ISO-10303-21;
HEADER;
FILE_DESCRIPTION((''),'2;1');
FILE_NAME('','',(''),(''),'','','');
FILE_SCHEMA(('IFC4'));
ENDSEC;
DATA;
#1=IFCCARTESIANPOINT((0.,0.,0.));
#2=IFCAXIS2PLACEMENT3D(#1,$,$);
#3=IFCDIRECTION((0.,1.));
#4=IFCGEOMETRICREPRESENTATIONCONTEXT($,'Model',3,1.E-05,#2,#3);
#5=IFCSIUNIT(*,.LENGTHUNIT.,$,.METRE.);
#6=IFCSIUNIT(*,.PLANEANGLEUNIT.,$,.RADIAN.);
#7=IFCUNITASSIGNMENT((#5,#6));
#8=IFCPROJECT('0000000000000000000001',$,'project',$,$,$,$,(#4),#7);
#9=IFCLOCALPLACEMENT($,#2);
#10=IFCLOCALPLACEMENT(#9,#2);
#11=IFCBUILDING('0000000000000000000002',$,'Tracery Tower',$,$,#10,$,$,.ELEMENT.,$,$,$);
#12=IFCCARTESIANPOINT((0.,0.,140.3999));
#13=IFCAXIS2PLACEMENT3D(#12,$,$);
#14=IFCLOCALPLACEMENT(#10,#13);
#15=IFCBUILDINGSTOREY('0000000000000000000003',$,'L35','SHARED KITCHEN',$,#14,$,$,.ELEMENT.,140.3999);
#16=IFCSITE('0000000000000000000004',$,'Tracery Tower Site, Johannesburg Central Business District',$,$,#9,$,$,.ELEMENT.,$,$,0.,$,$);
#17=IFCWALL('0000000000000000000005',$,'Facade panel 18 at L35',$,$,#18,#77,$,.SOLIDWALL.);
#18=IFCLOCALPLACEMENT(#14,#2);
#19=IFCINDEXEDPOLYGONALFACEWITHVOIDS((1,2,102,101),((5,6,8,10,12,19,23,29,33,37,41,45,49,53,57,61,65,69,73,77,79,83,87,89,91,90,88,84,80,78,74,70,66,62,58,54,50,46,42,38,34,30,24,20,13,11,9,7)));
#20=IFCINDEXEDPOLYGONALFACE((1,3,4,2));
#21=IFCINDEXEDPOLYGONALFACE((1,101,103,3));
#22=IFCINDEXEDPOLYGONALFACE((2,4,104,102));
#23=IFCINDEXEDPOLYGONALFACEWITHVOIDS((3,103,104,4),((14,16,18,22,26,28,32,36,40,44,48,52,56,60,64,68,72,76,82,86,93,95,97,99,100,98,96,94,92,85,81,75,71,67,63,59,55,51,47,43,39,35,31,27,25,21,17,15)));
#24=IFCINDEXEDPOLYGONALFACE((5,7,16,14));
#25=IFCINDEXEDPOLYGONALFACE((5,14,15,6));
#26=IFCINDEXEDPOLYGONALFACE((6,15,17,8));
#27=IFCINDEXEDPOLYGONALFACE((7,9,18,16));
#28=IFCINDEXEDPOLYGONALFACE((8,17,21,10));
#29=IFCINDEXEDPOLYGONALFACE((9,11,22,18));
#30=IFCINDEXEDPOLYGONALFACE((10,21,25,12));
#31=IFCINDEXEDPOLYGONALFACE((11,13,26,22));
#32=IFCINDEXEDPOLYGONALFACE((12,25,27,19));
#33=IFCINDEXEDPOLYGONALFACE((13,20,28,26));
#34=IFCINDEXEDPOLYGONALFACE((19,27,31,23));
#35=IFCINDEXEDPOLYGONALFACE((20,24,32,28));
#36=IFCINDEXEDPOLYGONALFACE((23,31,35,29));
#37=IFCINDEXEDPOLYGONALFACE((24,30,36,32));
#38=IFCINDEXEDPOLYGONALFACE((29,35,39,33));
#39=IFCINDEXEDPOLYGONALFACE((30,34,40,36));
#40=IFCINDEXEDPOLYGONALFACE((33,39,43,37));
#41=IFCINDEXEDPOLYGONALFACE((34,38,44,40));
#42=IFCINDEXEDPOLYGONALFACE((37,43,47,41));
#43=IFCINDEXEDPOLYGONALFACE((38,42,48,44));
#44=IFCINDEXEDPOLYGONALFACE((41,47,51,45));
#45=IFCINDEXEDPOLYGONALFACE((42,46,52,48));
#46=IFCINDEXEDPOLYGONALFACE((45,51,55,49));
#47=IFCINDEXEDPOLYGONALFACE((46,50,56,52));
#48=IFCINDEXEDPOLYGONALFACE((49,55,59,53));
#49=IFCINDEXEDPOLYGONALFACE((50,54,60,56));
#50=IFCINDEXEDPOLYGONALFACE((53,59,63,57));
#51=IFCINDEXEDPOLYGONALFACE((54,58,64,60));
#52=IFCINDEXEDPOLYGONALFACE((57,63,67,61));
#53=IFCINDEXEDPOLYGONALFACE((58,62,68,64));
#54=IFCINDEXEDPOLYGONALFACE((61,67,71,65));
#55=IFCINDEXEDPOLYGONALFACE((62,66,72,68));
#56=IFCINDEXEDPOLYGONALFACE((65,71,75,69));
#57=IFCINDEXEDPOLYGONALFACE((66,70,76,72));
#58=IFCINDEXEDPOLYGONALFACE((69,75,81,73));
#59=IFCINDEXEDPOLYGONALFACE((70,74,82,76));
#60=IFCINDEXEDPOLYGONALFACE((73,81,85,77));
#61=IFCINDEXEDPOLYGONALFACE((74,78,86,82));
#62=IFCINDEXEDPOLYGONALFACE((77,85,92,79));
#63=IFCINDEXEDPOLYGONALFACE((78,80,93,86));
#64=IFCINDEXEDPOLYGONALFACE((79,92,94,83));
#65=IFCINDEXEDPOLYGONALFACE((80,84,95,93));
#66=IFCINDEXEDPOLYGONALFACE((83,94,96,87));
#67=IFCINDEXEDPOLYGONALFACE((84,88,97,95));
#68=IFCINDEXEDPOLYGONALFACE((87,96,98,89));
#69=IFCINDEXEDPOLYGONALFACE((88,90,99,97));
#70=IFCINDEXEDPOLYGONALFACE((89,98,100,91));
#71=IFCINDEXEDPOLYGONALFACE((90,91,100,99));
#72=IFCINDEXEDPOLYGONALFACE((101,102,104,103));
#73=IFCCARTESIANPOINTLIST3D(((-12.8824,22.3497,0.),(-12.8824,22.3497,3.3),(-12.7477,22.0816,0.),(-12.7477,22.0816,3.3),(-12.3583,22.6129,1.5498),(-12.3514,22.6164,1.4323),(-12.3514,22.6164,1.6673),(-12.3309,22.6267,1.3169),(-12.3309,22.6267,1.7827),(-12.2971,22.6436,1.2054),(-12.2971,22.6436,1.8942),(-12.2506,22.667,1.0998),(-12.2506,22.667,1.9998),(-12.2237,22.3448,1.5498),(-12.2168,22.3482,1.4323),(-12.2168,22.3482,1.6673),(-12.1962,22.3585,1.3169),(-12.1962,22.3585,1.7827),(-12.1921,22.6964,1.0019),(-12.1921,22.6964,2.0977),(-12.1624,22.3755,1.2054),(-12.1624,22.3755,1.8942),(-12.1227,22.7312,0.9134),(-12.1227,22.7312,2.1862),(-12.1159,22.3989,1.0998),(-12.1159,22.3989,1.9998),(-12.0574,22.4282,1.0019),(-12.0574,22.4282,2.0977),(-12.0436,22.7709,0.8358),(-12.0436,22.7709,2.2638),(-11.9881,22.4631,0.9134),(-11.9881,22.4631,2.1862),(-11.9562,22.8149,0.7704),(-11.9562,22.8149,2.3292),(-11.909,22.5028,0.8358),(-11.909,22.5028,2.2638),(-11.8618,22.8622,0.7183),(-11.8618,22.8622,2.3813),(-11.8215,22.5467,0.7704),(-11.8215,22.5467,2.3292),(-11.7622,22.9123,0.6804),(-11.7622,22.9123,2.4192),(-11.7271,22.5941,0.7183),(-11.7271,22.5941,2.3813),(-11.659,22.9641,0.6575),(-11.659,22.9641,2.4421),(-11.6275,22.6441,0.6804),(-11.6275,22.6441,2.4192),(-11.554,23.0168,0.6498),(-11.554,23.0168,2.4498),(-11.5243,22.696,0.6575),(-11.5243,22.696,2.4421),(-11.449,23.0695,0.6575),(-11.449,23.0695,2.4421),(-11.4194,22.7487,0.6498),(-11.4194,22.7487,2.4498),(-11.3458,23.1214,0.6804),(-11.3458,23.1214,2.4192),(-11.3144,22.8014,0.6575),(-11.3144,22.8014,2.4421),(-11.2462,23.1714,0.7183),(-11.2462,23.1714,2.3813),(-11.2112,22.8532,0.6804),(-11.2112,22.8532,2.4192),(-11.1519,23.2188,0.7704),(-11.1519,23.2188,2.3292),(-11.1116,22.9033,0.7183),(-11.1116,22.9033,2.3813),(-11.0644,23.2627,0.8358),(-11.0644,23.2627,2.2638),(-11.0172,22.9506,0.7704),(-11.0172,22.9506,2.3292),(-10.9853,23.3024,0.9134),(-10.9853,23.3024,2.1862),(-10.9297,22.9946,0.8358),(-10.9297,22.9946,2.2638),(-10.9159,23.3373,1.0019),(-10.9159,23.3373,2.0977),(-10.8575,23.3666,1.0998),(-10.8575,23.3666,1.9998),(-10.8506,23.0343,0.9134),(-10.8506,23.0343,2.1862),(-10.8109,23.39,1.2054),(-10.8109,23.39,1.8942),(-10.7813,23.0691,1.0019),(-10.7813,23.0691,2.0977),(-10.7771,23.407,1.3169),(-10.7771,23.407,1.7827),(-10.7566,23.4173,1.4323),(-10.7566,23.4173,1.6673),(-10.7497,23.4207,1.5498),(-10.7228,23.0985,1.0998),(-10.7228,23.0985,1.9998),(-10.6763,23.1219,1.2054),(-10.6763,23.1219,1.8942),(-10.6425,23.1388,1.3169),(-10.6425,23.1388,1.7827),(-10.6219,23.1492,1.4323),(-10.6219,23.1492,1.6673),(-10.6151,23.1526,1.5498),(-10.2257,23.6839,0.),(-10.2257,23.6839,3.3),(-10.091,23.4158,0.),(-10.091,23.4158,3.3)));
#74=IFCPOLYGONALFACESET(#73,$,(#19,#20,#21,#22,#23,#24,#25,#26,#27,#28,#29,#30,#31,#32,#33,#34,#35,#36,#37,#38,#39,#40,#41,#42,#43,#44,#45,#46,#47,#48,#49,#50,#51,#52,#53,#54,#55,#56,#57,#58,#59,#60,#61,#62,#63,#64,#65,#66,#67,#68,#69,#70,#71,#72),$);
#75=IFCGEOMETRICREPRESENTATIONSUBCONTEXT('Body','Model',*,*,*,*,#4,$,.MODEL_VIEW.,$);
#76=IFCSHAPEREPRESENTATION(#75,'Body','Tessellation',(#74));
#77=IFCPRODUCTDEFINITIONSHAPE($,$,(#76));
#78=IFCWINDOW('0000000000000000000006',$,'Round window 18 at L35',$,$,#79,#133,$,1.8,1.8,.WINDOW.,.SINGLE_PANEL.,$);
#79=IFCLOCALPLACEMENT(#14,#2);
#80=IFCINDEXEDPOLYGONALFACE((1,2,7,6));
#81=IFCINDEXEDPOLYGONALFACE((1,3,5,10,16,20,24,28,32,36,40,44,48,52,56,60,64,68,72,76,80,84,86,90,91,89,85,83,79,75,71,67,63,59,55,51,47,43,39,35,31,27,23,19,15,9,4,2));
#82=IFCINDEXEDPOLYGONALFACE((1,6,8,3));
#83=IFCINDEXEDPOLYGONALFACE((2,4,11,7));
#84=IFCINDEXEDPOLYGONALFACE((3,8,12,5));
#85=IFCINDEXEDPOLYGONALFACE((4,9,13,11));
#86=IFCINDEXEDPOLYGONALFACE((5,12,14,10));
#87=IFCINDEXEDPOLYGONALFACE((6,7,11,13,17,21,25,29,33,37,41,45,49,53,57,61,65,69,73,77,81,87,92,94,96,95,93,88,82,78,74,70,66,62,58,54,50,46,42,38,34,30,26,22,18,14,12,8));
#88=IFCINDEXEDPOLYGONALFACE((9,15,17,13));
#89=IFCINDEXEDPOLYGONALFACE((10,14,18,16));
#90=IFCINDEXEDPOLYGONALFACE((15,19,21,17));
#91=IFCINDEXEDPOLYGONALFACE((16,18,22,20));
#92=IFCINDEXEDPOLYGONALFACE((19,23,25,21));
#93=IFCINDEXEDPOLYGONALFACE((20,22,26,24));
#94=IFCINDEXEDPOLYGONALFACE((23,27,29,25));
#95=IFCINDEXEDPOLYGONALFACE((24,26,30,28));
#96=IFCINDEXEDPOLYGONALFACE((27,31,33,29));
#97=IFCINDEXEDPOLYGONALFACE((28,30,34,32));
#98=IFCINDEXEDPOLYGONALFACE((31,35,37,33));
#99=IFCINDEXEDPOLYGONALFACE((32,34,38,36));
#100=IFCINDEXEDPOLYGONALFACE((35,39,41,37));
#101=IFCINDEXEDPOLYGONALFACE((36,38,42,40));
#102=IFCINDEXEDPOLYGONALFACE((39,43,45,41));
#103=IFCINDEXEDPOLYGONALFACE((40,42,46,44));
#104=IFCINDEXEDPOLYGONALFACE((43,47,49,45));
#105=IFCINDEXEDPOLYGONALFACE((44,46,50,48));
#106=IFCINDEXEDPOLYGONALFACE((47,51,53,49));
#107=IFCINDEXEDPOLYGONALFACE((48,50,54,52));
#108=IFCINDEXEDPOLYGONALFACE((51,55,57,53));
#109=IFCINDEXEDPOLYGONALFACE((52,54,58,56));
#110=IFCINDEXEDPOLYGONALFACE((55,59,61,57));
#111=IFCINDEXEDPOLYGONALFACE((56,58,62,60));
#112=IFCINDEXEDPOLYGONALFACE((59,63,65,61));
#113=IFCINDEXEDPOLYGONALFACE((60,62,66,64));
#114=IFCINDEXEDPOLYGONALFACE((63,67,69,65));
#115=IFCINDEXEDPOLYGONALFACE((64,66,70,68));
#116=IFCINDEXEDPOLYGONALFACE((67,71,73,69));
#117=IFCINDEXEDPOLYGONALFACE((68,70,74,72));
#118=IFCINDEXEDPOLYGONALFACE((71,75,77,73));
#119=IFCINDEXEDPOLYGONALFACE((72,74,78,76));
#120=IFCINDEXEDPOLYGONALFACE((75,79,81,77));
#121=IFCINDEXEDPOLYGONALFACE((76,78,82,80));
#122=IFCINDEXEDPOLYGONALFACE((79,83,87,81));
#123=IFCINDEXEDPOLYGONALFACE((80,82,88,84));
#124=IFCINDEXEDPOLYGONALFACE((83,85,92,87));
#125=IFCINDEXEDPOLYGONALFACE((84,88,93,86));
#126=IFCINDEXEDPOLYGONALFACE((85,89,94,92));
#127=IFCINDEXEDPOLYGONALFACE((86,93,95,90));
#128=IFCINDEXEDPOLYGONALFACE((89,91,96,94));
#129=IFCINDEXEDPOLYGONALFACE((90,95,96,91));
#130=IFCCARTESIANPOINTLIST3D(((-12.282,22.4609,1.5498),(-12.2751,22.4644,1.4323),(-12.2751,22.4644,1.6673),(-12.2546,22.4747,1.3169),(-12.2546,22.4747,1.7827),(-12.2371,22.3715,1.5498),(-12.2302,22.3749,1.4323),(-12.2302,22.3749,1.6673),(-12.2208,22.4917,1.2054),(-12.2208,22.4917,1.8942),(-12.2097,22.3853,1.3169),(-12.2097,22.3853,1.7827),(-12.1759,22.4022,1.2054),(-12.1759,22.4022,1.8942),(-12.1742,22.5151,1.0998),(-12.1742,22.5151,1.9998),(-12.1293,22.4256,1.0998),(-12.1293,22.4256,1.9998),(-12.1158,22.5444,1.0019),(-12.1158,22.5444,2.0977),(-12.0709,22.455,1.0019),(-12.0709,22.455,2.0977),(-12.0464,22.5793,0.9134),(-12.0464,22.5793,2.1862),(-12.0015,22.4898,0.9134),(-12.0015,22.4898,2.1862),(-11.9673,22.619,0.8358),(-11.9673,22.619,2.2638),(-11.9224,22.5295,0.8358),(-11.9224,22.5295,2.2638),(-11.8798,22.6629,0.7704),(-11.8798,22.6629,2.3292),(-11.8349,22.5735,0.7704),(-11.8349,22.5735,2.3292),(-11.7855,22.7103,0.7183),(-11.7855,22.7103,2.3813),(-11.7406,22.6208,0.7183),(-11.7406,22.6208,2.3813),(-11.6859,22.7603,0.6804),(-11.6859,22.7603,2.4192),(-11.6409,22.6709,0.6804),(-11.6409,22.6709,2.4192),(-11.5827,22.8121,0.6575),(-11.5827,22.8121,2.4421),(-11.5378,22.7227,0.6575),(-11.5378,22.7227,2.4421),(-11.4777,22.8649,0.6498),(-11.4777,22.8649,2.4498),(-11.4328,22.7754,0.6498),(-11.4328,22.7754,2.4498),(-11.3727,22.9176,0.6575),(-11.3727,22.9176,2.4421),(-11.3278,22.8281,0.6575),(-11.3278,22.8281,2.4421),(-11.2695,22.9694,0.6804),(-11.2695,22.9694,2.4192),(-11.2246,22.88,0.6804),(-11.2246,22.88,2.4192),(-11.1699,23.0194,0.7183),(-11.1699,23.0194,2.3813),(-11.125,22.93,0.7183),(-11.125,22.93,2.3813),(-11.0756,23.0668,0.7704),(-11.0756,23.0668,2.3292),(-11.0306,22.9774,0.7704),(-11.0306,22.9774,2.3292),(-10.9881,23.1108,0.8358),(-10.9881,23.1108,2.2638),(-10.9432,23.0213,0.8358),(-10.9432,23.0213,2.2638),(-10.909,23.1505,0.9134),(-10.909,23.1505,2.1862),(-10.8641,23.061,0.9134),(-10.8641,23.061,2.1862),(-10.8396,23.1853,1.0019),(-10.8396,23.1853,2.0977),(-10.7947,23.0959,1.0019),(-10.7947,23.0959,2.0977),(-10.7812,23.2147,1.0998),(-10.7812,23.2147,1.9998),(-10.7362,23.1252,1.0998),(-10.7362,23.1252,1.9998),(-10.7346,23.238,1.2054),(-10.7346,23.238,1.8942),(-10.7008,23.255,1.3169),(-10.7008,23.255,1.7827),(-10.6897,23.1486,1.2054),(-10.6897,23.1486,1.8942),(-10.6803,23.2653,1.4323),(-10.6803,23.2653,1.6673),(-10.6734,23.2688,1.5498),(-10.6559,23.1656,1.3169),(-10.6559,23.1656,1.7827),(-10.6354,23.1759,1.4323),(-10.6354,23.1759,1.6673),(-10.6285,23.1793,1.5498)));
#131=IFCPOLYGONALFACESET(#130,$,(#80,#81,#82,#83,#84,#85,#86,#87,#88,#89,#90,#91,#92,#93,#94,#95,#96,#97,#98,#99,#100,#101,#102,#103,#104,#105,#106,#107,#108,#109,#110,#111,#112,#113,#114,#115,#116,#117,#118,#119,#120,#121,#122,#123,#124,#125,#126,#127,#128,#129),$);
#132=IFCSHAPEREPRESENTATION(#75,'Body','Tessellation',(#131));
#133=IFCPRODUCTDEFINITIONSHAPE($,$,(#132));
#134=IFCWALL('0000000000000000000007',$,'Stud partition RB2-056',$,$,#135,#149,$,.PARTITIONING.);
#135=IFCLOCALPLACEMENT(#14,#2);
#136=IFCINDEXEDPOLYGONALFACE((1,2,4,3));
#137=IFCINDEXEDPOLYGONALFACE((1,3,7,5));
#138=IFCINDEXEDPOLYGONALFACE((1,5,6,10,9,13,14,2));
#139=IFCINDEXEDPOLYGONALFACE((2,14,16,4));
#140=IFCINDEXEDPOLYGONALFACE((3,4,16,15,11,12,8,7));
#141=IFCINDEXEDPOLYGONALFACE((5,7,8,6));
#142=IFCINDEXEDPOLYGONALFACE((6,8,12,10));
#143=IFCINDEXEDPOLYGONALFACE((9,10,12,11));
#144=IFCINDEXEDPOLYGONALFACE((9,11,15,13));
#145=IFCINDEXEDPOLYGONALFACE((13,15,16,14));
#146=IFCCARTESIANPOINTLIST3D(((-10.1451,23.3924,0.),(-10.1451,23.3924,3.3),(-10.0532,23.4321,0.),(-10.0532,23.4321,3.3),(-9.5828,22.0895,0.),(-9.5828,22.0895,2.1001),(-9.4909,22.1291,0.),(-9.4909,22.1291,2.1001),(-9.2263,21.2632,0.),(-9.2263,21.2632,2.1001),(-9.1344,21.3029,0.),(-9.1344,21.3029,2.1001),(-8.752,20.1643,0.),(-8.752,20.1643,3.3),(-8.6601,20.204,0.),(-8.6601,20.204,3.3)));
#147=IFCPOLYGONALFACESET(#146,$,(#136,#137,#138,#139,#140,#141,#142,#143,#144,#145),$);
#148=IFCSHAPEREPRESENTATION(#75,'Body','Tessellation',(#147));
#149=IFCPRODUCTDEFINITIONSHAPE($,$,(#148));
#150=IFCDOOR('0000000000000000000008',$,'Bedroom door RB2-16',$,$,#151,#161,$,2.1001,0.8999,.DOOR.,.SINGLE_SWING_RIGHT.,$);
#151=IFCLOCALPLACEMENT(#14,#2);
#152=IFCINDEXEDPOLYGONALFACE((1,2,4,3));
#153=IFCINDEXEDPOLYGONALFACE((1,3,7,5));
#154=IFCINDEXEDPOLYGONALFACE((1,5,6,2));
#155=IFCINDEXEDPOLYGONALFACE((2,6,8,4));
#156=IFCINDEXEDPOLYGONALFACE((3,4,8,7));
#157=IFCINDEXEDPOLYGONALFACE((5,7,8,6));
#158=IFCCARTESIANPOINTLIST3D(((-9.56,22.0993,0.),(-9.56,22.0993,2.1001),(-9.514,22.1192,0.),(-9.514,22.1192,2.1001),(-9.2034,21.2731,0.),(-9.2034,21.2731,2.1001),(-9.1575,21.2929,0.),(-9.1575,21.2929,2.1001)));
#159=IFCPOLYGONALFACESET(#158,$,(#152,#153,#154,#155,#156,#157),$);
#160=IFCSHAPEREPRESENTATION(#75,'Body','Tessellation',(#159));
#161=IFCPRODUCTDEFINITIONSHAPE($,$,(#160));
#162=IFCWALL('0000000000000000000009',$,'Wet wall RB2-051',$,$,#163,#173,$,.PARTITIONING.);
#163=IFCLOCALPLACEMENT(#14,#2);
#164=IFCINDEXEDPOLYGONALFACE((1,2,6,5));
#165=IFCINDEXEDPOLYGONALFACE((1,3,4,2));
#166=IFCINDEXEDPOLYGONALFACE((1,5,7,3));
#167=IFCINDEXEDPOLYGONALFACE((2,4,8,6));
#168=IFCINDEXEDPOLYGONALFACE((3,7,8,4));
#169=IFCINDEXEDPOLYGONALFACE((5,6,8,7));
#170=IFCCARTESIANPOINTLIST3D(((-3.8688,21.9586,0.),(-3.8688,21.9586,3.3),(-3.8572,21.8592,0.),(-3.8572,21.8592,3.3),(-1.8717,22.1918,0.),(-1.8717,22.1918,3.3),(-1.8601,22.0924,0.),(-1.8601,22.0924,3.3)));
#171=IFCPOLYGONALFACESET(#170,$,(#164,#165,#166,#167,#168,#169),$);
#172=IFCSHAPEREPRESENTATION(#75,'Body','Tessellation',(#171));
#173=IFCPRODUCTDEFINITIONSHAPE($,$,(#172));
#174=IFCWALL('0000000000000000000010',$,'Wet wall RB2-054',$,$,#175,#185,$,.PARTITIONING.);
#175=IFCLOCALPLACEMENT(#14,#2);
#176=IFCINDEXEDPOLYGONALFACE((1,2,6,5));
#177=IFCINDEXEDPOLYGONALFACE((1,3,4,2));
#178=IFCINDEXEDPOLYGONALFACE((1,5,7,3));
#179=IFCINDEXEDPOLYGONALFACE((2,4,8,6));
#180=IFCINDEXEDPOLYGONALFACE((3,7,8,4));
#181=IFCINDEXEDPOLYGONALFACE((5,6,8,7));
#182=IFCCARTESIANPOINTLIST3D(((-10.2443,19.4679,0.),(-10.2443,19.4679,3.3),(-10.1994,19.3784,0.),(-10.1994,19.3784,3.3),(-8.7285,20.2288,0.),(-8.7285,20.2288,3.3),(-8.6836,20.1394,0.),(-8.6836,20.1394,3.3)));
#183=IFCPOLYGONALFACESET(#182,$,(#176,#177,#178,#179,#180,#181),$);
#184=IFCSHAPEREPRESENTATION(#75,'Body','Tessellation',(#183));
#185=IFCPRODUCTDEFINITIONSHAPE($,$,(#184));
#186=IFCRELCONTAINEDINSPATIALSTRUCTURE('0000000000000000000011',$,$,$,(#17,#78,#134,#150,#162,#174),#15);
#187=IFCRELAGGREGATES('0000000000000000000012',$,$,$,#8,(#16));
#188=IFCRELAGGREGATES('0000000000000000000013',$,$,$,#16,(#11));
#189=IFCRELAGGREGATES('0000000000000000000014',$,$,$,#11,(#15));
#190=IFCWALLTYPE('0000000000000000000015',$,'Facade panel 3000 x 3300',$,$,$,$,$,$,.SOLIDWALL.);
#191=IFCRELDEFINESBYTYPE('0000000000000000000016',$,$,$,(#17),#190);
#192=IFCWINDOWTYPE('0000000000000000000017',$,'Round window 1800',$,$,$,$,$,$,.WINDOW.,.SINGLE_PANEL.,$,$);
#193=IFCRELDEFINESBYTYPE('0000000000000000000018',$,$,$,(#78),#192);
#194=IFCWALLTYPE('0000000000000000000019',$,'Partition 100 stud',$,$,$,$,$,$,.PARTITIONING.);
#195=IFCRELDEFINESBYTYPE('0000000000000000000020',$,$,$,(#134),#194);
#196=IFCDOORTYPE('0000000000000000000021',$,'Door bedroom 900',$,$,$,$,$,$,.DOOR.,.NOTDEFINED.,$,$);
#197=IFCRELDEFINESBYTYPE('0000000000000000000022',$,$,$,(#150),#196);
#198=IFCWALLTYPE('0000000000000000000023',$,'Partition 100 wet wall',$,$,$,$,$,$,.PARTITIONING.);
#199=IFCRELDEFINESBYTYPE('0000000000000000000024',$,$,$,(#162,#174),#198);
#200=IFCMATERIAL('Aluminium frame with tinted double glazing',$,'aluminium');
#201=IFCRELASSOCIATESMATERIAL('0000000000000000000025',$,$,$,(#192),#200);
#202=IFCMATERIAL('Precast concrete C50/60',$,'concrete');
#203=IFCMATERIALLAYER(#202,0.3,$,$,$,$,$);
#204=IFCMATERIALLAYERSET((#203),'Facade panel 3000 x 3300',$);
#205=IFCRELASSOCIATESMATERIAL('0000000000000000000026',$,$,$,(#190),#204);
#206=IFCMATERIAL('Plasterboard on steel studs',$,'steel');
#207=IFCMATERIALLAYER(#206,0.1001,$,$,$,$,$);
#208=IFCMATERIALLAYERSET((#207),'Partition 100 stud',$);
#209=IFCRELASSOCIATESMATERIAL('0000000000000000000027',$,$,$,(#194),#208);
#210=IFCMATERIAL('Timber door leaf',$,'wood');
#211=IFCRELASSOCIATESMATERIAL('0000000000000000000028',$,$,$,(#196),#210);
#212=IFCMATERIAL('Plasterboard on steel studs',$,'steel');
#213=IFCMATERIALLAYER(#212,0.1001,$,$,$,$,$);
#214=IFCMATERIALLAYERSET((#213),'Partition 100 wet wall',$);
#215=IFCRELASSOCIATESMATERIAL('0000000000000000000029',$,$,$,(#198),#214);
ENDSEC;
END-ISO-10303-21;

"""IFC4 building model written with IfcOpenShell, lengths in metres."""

from ifc_helpers import new_model, si_unit, direction, frame, frame_2d, origin, origin_2d, place, context, subcontext, project, spatial, rectangle, circle, extrude, material, layer, layer_set, type_object, element, fill, save


model = new_model("IFC4")

# Units and contexts
model_context = context("Model", 3, precision=1e-05, world=origin(), true_north=direction((0.0, 1.0)))
body_context = subcontext(model_context, "Body", "Model", "MODEL_VIEW")
ifc_project = project(units=[si_unit("LENGTHUNIT", "METRE"), si_unit("PLANEANGLEUNIT", "RADIAN")], contexts=[model_context])

# Site, building, storey
site_placement = place(None, origin())
site = spatial("IfcSite", under=ifc_project, at=site_placement, Name="Tracery Tower Site, Johannesburg Central Business District", CompositionType="ELEMENT", RefElevation=0.0)
building_placement = place(site_placement, origin())
building = spatial("IfcBuilding", under=site, at=building_placement, Name="Tracery Tower", CompositionType="ELEMENT")
storey_placement = place(building_placement, frame((0.0, 0.0, 140.3999)))
storey = spatial("IfcBuildingStorey", under=building, at=storey_placement, Name="L35", Description="SHARED KITCHEN", CompositionType="ELEMENT", Elevation=140.3999)

# Wall, opening, window
ifc_material_1 = material(Name="Aluminium frame with tinted double glazing", Category="aluminium")
window_type = type_object("IfcWindowType", Name="Round window 1800", PartitioningType="SINGLE_PANEL", PredefinedType="WINDOW", material=ifc_material_1)
ifc_material_2 = material(Name="Precast concrete C50/60", Category="concrete")
ifc_layer_1 = layer(ifc_material_2, 0.3)
ifc_layer_set_1 = layer_set([ifc_layer_1], Name="Facade panel 3000 x 3300")
wall_type_1 = type_object("IfcWallType", Name="Facade panel 3000 x 3300", PredefinedType="SOLIDWALL", material=ifc_layer_set_1)
wall_1_placement = place(storey_placement, frame((-10.1584, 23.5498, 0.0), z_axis=(0.0, 0.0, 1.0), x_axis=(-0.893637, -0.44879, 0.0)))
wall_1 = element("IfcWall", 1, at=wall_1_placement, inside=storey, type_object=wall_type_1, Name="Facade panel 18 at L35", PredefinedType="SOLIDWALL", context=body_context, shape_type="SweptSolid", body=[
    extrude(rectangle(XDim=2.9729, YDim=0.3, at=frame_2d((1.4863, 0.0))), origin(), (0.0, 0.0, 1.0), 3.3),
])
opening_1_placement = place(wall_1_placement, frame((1.4863, 0.0, 1.5498)))
opening_1 = element("IfcOpeningElement", 2, at=opening_1_placement, cuts=wall_1, PredefinedType="OPENING", context=body_context, shape_type="SweptSolid", body=[
    extrude(circle(Radius=0.9, at=origin_2d()), frame((0.0, 0.1599, 0.0), z_axis=(0.0, -1.0, 0.0), x_axis=(1.0, 0.0, 0.0)), (0.0, 0.0, 1.0), 0.3201),
])
window_1_placement = place(opening_1_placement, origin())
window_1 = element("IfcWindow", 3, at=window_1_placement, inside=storey, type_object=window_type, Name="Round window 18 at L35", OverallHeight=1.8, OverallWidth=1.8, PartitioningType="SINGLE_PANEL", PredefinedType="WINDOW", context=body_context, shape_type="SweptSolid", body=[
    extrude(circle(Radius=0.9, at=origin_2d()), frame((0.0, 0.1201, 0.0), z_axis=(0.0, -1.0, 0.0), x_axis=(1.0, 0.0, 0.0)), (0.0, 0.0, 1.0), 0.1001),
])
fill(opening_1, window_1)

# Wall, opening, door
ifc_material_3 = material(Name="Plasterboard on steel studs", Category="steel")
ifc_layer_2 = layer(ifc_material_3, 0.1001)
ifc_layer_set_2 = layer_set([ifc_layer_2], Name="Partition 100 stud")
wall_type_2 = type_object("IfcWallType", Name="Partition 100 stud", PredefinedType="PARTITIONING", material=ifc_layer_set_2)
wall_2_placement = place(storey_placement, frame((-10.0991, 23.4121, 0.0), z_axis=(0.0, 0.0, 1.0), x_axis=(0.396231, -0.918151, 0.0)))
wall_2 = element("IfcWall", 4, at=wall_2_placement, inside=storey, type_object=wall_type_2, Name="Stud partition RB2-056", PredefinedType="PARTITIONING", context=body_context, shape_type="SweptSolid", body=[
    extrude(rectangle(XDim=3.5159, YDim=0.1001, at=frame_2d((1.7578, 0.0))), origin(), (0.0, 0.0, 1.0), 3.3),
])
opening_2_placement = place(wall_2_placement, frame((1.4189, 0.0, 0.0)))
opening_2 = element("IfcOpeningElement", 5, at=opening_2_placement, cuts=wall_2, PredefinedType="OPENING", context=body_context, shape_type="SweptSolid", body=[
    extrude(rectangle(XDim=0.8999, YDim=2.1001, at=frame_2d((0.45, 1.05))), frame((0.0, 0.05, 0.0), z_axis=(0.0, -1.0, 0.0), x_axis=(1.0, 0.0, 0.0)), (0.0, 0.0, 1.0), 0.1001),
])
ifc_material_4 = material(Name="Timber door leaf", Category="wood")
door_type_1 = type_object("IfcDoorType", Name="Door bedroom 900", OperationType="NOTDEFINED", PredefinedType="DOOR", material=ifc_material_4)
door_1_placement = place(opening_2_placement, origin())
door_1 = element("IfcDoor", 6, at=door_1_placement, inside=storey, type_object=door_type_1, Name="Bedroom door RB2-16", OperationType="SINGLE_SWING_RIGHT", OverallHeight=2.1001, OverallWidth=0.8999, PredefinedType="DOOR", context=body_context, shape_type="SweptSolid", body=[
    extrude(rectangle(XDim=0.8999, YDim=2.1001, at=frame_2d((0.45, 1.05))), frame((0.0, 0.0249, 0.0), z_axis=(0.0, -1.0, 0.0), x_axis=(1.0, 0.0, 0.0)), (0.0, 0.0, 1.0), 0.05),
])
fill(opening_2, door_1)

# Walls
ifc_material_5 = material(Name="Plasterboard on steel studs", Category="steel")
ifc_layer_3 = layer(ifc_material_5, 0.1001)
ifc_layer_set_3 = layer_set([ifc_layer_3], Name="Partition 100 wet wall")
wall_type_3 = type_object("IfcWallType", Name="Partition 100 wet wall", PredefinedType="PARTITIONING", material=ifc_layer_set_3)
wall_3_placement = place(storey_placement, frame((-3.863, 21.9089, 0.0), z_axis=(0.0, 0.0, 1.0), x_axis=(0.993254, 0.115961, 0.0)))
element("IfcWall", 7, at=wall_3_placement, inside=storey, type_object=wall_type_3, Name="Wet wall RB2-051", PredefinedType="PARTITIONING", context=body_context, shape_type="SweptSolid", body=[
    extrude(rectangle(XDim=2.0107, YDim=0.1001, at=frame_2d((1.0054, 0.0))), origin(), (0.0, 0.0, 1.0), 3.3),
])
wall_4_placement = place(storey_placement, frame((-10.2219, 19.4231, 0.0), z_axis=(0.0, 0.0, 1.0), x_axis=(0.893706, 0.448652, 0.0)))
element("IfcWall", 8, at=wall_4_placement, inside=storey, type_object=wall_type_3, Name="Wet wall RB2-054", PredefinedType="PARTITIONING", context=body_context, shape_type="SweptSolid", body=[
    extrude(rectangle(XDim=1.696, YDim=0.1001, at=frame_2d((0.8481, 0.0))), origin(), (0.0, 0.0, 1.0), 3.3),
])

save(model, "model.ifc")
